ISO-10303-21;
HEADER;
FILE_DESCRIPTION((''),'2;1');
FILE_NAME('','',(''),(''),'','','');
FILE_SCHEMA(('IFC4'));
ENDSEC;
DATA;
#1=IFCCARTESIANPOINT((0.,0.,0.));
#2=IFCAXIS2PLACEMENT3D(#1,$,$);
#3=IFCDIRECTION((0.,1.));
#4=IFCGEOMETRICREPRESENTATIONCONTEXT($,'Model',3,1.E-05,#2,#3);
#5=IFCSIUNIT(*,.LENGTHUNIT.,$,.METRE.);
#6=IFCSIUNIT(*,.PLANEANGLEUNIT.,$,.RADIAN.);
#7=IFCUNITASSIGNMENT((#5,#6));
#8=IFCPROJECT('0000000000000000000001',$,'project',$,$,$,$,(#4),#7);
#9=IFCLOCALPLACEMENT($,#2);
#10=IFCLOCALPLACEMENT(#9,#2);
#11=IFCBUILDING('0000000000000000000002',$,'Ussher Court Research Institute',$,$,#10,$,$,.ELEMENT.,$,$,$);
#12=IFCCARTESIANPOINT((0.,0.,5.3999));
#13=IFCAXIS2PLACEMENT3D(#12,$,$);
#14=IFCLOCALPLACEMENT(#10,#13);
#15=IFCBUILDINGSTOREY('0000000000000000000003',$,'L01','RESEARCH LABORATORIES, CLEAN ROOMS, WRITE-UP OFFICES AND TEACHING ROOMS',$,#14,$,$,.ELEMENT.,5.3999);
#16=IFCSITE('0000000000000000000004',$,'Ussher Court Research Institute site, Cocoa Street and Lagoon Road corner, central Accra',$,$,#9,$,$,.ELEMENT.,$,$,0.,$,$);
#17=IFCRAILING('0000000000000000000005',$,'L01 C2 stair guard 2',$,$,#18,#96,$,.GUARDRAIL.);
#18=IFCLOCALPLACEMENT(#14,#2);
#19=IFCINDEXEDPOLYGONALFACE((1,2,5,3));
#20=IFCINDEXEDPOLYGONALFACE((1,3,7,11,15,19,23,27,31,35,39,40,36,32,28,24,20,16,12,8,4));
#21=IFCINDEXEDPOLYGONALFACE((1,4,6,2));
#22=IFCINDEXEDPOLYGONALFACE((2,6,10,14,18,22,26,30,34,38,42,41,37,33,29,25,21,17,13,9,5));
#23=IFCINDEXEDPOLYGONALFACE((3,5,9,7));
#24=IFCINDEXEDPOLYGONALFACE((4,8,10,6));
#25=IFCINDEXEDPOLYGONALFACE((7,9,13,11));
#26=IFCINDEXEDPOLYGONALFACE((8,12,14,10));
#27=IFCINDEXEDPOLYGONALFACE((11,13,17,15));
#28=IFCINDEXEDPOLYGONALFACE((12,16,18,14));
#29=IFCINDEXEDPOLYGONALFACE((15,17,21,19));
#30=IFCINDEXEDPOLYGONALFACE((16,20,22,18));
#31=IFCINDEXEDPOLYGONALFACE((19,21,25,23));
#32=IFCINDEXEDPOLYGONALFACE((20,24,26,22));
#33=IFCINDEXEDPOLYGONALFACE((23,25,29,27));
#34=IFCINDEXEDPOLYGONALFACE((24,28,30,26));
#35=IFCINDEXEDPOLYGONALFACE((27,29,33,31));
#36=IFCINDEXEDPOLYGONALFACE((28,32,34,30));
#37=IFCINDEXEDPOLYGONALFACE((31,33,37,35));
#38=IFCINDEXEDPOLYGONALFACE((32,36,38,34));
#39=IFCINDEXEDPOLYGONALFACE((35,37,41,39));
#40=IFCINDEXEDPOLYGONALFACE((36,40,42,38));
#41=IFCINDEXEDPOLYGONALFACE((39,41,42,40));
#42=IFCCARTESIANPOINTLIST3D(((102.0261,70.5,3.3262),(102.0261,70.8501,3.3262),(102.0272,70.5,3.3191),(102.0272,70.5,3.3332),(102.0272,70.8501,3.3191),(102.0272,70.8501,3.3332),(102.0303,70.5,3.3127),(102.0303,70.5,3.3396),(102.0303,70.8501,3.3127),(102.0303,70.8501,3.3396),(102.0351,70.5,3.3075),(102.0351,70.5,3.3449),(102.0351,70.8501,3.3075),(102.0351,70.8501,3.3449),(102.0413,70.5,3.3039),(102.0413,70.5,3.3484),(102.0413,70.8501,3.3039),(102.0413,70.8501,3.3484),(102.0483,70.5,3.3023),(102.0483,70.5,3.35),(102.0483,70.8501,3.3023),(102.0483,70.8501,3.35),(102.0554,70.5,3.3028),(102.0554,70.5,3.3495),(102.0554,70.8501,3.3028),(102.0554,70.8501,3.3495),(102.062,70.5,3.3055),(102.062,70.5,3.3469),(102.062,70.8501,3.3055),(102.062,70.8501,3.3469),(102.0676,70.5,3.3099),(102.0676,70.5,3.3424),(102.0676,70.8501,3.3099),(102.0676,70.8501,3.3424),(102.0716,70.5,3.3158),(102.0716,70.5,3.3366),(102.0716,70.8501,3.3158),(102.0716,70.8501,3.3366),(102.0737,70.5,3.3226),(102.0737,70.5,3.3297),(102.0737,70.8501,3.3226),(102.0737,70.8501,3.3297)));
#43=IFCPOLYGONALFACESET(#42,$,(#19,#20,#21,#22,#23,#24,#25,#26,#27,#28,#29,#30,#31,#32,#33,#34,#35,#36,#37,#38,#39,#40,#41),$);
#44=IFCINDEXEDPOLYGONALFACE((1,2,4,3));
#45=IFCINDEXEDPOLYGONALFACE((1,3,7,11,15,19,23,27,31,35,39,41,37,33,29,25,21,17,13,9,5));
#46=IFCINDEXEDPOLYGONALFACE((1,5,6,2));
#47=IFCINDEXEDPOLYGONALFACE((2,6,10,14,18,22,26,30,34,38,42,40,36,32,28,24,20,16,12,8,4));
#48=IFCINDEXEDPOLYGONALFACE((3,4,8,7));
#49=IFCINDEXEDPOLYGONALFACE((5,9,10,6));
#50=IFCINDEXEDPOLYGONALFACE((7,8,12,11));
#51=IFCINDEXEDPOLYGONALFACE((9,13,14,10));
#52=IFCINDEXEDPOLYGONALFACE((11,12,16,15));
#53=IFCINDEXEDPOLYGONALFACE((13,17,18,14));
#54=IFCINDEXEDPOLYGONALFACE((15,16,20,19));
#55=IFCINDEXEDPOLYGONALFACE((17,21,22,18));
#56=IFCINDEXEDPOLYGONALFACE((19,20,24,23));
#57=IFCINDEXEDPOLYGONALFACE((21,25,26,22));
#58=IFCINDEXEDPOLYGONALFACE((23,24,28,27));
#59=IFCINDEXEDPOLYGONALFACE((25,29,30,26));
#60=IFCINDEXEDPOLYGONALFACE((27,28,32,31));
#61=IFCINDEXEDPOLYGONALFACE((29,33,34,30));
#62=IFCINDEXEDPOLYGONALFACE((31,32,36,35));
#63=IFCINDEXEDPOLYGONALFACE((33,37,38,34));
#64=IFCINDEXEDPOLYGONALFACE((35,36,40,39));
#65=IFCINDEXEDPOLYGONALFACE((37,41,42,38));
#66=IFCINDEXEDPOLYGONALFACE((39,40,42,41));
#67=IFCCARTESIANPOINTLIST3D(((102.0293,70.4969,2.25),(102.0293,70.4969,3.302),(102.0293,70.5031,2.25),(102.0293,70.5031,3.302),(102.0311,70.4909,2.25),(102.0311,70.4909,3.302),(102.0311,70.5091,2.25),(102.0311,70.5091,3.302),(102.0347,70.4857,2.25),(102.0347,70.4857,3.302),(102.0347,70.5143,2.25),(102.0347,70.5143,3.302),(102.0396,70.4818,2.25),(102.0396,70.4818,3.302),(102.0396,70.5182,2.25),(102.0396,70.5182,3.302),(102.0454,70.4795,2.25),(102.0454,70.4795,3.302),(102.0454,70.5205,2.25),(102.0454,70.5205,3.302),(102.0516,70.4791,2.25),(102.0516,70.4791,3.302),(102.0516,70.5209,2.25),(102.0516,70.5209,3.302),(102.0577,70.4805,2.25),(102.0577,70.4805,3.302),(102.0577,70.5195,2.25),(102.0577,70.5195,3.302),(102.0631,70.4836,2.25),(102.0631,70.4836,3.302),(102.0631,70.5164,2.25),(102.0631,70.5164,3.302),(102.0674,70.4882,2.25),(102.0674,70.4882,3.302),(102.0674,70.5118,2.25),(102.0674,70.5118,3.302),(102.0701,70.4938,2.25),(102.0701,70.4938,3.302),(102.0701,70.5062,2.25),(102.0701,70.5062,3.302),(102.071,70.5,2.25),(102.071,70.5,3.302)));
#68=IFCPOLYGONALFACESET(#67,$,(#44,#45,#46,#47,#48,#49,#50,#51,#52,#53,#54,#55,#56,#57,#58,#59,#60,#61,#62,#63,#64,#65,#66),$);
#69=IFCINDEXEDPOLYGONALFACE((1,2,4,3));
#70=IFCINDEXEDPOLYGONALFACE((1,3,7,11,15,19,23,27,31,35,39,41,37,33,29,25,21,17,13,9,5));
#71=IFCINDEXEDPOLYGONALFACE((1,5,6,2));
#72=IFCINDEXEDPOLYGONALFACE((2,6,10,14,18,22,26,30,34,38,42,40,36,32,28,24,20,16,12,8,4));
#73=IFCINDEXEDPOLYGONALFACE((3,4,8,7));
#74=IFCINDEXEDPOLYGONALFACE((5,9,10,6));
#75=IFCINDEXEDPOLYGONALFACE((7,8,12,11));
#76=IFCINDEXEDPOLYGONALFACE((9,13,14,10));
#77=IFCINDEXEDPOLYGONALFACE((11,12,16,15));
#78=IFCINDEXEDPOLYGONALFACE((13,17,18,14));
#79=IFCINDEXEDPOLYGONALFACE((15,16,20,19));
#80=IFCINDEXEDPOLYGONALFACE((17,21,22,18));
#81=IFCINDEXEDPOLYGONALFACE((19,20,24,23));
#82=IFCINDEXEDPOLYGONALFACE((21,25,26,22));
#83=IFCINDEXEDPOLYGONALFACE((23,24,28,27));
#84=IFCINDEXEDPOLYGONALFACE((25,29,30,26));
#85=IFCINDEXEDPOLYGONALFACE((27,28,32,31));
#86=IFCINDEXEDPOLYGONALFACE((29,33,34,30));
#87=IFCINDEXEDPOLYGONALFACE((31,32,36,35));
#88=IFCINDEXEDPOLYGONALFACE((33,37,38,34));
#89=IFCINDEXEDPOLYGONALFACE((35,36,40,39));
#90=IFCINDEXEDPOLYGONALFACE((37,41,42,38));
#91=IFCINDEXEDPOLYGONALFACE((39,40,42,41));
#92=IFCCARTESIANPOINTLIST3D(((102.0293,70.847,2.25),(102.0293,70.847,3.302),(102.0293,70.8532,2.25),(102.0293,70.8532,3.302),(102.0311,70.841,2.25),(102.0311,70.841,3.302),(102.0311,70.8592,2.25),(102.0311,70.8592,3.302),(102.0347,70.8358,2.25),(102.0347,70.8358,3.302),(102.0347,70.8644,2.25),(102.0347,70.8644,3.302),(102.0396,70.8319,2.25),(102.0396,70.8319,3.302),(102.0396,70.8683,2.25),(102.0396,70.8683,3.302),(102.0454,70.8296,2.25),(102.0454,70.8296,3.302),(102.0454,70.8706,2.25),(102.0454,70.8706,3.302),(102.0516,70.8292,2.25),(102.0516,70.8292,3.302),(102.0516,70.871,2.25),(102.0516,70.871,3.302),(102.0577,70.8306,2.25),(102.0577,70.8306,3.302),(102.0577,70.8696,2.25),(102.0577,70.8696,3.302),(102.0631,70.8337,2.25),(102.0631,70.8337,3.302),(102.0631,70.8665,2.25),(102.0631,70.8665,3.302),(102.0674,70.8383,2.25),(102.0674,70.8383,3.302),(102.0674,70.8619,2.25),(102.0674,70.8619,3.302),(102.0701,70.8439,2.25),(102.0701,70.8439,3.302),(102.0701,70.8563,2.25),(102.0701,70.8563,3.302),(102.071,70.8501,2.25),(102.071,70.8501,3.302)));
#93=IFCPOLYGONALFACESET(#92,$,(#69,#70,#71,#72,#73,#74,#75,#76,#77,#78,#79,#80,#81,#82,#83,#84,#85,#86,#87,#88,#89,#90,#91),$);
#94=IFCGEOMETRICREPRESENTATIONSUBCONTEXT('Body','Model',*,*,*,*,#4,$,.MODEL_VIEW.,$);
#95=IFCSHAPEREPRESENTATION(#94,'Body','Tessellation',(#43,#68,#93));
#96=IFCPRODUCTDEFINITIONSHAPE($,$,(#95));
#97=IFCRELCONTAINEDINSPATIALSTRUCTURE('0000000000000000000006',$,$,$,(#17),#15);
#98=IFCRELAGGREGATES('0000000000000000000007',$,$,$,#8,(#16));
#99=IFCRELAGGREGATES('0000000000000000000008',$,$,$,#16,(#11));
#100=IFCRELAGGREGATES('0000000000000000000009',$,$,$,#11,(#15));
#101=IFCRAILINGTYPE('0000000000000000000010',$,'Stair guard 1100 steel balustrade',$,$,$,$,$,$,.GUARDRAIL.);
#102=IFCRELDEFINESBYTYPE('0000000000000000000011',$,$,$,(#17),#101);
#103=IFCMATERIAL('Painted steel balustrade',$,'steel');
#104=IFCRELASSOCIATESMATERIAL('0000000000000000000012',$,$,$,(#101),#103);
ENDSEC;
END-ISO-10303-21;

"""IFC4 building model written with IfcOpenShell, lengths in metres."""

from ifc_helpers import new_model, si_unit, direction, frame, origin, origin_2d, place, context, subcontext, project, spatial, circle, extrude, material, type_object, element, save


model = new_model("IFC4")

# Units and contexts
model_context = context("Model", 3, precision=1e-05, world=origin(), true_north=direction((0.0, 1.0)))
body_context = subcontext(model_context, "Body", "Model", "MODEL_VIEW")
ifc_project = project(units=[si_unit("LENGTHUNIT", "METRE"), si_unit("PLANEANGLEUNIT", "RADIAN")], contexts=[model_context])

# Site, building, storey
site_placement = place(None, origin())
site = spatial("IfcSite", under=ifc_project, at=site_placement, Name="Ussher Court Research Institute site, Cocoa Street and Lagoon Road corner, central Accra", CompositionType="ELEMENT", RefElevation=0.0)
building_placement = place(site_placement, origin())
building = spatial("IfcBuilding", under=site, at=building_placement, Name="Ussher Court Research Institute", CompositionType="ELEMENT")
storey_placement = place(building_placement, frame((0.0, 0.0, 5.3999)))
storey = spatial("IfcBuildingStorey", under=building, at=storey_placement, Name="L01", Description="RESEARCH LABORATORIES, CLEAN ROOMS, WRITE-UP OFFICES AND TEACHING ROOMS", CompositionType="ELEMENT", Elevation=5.3999)

# Railing
ifc_material_1 = material(Name="Painted steel balustrade", Category="steel")
railing_type_1 = type_object("IfcRailingType", Name="Stair guard 1100 steel balustrade", PredefinedType="GUARDRAIL", material=ifc_material_1)
railing_1_placement = place(storey_placement, frame((102.05, 70.5, 2.25)))
element("IfcRailing", 1, at=railing_1_placement, inside=storey, type_object=railing_type_1, Name="L01 C2 stair guard 2", PredefinedType="GUARDRAIL", context=body_context, shape_type="SweptSolid", body=[
    extrude(circle(Radius=0.0239, at=origin_2d()), frame((0.0, 0.0, 1.0762), z_axis=(0.0, 1.0, 0.0), x_axis=(-1.0, 0.0, 0.0)), (0.0, 0.0, 1.0), 0.3501),
    extrude(circle(Radius=0.021, at=origin_2d()), origin(), (0.0, 0.0, 1.0), 1.052),
    extrude(circle(Radius=0.021, at=origin_2d()), frame((0.0, 0.3501, 0.0)), (0.0, 0.0, 1.0), 1.052),
])

save(model, "model.ifc")
